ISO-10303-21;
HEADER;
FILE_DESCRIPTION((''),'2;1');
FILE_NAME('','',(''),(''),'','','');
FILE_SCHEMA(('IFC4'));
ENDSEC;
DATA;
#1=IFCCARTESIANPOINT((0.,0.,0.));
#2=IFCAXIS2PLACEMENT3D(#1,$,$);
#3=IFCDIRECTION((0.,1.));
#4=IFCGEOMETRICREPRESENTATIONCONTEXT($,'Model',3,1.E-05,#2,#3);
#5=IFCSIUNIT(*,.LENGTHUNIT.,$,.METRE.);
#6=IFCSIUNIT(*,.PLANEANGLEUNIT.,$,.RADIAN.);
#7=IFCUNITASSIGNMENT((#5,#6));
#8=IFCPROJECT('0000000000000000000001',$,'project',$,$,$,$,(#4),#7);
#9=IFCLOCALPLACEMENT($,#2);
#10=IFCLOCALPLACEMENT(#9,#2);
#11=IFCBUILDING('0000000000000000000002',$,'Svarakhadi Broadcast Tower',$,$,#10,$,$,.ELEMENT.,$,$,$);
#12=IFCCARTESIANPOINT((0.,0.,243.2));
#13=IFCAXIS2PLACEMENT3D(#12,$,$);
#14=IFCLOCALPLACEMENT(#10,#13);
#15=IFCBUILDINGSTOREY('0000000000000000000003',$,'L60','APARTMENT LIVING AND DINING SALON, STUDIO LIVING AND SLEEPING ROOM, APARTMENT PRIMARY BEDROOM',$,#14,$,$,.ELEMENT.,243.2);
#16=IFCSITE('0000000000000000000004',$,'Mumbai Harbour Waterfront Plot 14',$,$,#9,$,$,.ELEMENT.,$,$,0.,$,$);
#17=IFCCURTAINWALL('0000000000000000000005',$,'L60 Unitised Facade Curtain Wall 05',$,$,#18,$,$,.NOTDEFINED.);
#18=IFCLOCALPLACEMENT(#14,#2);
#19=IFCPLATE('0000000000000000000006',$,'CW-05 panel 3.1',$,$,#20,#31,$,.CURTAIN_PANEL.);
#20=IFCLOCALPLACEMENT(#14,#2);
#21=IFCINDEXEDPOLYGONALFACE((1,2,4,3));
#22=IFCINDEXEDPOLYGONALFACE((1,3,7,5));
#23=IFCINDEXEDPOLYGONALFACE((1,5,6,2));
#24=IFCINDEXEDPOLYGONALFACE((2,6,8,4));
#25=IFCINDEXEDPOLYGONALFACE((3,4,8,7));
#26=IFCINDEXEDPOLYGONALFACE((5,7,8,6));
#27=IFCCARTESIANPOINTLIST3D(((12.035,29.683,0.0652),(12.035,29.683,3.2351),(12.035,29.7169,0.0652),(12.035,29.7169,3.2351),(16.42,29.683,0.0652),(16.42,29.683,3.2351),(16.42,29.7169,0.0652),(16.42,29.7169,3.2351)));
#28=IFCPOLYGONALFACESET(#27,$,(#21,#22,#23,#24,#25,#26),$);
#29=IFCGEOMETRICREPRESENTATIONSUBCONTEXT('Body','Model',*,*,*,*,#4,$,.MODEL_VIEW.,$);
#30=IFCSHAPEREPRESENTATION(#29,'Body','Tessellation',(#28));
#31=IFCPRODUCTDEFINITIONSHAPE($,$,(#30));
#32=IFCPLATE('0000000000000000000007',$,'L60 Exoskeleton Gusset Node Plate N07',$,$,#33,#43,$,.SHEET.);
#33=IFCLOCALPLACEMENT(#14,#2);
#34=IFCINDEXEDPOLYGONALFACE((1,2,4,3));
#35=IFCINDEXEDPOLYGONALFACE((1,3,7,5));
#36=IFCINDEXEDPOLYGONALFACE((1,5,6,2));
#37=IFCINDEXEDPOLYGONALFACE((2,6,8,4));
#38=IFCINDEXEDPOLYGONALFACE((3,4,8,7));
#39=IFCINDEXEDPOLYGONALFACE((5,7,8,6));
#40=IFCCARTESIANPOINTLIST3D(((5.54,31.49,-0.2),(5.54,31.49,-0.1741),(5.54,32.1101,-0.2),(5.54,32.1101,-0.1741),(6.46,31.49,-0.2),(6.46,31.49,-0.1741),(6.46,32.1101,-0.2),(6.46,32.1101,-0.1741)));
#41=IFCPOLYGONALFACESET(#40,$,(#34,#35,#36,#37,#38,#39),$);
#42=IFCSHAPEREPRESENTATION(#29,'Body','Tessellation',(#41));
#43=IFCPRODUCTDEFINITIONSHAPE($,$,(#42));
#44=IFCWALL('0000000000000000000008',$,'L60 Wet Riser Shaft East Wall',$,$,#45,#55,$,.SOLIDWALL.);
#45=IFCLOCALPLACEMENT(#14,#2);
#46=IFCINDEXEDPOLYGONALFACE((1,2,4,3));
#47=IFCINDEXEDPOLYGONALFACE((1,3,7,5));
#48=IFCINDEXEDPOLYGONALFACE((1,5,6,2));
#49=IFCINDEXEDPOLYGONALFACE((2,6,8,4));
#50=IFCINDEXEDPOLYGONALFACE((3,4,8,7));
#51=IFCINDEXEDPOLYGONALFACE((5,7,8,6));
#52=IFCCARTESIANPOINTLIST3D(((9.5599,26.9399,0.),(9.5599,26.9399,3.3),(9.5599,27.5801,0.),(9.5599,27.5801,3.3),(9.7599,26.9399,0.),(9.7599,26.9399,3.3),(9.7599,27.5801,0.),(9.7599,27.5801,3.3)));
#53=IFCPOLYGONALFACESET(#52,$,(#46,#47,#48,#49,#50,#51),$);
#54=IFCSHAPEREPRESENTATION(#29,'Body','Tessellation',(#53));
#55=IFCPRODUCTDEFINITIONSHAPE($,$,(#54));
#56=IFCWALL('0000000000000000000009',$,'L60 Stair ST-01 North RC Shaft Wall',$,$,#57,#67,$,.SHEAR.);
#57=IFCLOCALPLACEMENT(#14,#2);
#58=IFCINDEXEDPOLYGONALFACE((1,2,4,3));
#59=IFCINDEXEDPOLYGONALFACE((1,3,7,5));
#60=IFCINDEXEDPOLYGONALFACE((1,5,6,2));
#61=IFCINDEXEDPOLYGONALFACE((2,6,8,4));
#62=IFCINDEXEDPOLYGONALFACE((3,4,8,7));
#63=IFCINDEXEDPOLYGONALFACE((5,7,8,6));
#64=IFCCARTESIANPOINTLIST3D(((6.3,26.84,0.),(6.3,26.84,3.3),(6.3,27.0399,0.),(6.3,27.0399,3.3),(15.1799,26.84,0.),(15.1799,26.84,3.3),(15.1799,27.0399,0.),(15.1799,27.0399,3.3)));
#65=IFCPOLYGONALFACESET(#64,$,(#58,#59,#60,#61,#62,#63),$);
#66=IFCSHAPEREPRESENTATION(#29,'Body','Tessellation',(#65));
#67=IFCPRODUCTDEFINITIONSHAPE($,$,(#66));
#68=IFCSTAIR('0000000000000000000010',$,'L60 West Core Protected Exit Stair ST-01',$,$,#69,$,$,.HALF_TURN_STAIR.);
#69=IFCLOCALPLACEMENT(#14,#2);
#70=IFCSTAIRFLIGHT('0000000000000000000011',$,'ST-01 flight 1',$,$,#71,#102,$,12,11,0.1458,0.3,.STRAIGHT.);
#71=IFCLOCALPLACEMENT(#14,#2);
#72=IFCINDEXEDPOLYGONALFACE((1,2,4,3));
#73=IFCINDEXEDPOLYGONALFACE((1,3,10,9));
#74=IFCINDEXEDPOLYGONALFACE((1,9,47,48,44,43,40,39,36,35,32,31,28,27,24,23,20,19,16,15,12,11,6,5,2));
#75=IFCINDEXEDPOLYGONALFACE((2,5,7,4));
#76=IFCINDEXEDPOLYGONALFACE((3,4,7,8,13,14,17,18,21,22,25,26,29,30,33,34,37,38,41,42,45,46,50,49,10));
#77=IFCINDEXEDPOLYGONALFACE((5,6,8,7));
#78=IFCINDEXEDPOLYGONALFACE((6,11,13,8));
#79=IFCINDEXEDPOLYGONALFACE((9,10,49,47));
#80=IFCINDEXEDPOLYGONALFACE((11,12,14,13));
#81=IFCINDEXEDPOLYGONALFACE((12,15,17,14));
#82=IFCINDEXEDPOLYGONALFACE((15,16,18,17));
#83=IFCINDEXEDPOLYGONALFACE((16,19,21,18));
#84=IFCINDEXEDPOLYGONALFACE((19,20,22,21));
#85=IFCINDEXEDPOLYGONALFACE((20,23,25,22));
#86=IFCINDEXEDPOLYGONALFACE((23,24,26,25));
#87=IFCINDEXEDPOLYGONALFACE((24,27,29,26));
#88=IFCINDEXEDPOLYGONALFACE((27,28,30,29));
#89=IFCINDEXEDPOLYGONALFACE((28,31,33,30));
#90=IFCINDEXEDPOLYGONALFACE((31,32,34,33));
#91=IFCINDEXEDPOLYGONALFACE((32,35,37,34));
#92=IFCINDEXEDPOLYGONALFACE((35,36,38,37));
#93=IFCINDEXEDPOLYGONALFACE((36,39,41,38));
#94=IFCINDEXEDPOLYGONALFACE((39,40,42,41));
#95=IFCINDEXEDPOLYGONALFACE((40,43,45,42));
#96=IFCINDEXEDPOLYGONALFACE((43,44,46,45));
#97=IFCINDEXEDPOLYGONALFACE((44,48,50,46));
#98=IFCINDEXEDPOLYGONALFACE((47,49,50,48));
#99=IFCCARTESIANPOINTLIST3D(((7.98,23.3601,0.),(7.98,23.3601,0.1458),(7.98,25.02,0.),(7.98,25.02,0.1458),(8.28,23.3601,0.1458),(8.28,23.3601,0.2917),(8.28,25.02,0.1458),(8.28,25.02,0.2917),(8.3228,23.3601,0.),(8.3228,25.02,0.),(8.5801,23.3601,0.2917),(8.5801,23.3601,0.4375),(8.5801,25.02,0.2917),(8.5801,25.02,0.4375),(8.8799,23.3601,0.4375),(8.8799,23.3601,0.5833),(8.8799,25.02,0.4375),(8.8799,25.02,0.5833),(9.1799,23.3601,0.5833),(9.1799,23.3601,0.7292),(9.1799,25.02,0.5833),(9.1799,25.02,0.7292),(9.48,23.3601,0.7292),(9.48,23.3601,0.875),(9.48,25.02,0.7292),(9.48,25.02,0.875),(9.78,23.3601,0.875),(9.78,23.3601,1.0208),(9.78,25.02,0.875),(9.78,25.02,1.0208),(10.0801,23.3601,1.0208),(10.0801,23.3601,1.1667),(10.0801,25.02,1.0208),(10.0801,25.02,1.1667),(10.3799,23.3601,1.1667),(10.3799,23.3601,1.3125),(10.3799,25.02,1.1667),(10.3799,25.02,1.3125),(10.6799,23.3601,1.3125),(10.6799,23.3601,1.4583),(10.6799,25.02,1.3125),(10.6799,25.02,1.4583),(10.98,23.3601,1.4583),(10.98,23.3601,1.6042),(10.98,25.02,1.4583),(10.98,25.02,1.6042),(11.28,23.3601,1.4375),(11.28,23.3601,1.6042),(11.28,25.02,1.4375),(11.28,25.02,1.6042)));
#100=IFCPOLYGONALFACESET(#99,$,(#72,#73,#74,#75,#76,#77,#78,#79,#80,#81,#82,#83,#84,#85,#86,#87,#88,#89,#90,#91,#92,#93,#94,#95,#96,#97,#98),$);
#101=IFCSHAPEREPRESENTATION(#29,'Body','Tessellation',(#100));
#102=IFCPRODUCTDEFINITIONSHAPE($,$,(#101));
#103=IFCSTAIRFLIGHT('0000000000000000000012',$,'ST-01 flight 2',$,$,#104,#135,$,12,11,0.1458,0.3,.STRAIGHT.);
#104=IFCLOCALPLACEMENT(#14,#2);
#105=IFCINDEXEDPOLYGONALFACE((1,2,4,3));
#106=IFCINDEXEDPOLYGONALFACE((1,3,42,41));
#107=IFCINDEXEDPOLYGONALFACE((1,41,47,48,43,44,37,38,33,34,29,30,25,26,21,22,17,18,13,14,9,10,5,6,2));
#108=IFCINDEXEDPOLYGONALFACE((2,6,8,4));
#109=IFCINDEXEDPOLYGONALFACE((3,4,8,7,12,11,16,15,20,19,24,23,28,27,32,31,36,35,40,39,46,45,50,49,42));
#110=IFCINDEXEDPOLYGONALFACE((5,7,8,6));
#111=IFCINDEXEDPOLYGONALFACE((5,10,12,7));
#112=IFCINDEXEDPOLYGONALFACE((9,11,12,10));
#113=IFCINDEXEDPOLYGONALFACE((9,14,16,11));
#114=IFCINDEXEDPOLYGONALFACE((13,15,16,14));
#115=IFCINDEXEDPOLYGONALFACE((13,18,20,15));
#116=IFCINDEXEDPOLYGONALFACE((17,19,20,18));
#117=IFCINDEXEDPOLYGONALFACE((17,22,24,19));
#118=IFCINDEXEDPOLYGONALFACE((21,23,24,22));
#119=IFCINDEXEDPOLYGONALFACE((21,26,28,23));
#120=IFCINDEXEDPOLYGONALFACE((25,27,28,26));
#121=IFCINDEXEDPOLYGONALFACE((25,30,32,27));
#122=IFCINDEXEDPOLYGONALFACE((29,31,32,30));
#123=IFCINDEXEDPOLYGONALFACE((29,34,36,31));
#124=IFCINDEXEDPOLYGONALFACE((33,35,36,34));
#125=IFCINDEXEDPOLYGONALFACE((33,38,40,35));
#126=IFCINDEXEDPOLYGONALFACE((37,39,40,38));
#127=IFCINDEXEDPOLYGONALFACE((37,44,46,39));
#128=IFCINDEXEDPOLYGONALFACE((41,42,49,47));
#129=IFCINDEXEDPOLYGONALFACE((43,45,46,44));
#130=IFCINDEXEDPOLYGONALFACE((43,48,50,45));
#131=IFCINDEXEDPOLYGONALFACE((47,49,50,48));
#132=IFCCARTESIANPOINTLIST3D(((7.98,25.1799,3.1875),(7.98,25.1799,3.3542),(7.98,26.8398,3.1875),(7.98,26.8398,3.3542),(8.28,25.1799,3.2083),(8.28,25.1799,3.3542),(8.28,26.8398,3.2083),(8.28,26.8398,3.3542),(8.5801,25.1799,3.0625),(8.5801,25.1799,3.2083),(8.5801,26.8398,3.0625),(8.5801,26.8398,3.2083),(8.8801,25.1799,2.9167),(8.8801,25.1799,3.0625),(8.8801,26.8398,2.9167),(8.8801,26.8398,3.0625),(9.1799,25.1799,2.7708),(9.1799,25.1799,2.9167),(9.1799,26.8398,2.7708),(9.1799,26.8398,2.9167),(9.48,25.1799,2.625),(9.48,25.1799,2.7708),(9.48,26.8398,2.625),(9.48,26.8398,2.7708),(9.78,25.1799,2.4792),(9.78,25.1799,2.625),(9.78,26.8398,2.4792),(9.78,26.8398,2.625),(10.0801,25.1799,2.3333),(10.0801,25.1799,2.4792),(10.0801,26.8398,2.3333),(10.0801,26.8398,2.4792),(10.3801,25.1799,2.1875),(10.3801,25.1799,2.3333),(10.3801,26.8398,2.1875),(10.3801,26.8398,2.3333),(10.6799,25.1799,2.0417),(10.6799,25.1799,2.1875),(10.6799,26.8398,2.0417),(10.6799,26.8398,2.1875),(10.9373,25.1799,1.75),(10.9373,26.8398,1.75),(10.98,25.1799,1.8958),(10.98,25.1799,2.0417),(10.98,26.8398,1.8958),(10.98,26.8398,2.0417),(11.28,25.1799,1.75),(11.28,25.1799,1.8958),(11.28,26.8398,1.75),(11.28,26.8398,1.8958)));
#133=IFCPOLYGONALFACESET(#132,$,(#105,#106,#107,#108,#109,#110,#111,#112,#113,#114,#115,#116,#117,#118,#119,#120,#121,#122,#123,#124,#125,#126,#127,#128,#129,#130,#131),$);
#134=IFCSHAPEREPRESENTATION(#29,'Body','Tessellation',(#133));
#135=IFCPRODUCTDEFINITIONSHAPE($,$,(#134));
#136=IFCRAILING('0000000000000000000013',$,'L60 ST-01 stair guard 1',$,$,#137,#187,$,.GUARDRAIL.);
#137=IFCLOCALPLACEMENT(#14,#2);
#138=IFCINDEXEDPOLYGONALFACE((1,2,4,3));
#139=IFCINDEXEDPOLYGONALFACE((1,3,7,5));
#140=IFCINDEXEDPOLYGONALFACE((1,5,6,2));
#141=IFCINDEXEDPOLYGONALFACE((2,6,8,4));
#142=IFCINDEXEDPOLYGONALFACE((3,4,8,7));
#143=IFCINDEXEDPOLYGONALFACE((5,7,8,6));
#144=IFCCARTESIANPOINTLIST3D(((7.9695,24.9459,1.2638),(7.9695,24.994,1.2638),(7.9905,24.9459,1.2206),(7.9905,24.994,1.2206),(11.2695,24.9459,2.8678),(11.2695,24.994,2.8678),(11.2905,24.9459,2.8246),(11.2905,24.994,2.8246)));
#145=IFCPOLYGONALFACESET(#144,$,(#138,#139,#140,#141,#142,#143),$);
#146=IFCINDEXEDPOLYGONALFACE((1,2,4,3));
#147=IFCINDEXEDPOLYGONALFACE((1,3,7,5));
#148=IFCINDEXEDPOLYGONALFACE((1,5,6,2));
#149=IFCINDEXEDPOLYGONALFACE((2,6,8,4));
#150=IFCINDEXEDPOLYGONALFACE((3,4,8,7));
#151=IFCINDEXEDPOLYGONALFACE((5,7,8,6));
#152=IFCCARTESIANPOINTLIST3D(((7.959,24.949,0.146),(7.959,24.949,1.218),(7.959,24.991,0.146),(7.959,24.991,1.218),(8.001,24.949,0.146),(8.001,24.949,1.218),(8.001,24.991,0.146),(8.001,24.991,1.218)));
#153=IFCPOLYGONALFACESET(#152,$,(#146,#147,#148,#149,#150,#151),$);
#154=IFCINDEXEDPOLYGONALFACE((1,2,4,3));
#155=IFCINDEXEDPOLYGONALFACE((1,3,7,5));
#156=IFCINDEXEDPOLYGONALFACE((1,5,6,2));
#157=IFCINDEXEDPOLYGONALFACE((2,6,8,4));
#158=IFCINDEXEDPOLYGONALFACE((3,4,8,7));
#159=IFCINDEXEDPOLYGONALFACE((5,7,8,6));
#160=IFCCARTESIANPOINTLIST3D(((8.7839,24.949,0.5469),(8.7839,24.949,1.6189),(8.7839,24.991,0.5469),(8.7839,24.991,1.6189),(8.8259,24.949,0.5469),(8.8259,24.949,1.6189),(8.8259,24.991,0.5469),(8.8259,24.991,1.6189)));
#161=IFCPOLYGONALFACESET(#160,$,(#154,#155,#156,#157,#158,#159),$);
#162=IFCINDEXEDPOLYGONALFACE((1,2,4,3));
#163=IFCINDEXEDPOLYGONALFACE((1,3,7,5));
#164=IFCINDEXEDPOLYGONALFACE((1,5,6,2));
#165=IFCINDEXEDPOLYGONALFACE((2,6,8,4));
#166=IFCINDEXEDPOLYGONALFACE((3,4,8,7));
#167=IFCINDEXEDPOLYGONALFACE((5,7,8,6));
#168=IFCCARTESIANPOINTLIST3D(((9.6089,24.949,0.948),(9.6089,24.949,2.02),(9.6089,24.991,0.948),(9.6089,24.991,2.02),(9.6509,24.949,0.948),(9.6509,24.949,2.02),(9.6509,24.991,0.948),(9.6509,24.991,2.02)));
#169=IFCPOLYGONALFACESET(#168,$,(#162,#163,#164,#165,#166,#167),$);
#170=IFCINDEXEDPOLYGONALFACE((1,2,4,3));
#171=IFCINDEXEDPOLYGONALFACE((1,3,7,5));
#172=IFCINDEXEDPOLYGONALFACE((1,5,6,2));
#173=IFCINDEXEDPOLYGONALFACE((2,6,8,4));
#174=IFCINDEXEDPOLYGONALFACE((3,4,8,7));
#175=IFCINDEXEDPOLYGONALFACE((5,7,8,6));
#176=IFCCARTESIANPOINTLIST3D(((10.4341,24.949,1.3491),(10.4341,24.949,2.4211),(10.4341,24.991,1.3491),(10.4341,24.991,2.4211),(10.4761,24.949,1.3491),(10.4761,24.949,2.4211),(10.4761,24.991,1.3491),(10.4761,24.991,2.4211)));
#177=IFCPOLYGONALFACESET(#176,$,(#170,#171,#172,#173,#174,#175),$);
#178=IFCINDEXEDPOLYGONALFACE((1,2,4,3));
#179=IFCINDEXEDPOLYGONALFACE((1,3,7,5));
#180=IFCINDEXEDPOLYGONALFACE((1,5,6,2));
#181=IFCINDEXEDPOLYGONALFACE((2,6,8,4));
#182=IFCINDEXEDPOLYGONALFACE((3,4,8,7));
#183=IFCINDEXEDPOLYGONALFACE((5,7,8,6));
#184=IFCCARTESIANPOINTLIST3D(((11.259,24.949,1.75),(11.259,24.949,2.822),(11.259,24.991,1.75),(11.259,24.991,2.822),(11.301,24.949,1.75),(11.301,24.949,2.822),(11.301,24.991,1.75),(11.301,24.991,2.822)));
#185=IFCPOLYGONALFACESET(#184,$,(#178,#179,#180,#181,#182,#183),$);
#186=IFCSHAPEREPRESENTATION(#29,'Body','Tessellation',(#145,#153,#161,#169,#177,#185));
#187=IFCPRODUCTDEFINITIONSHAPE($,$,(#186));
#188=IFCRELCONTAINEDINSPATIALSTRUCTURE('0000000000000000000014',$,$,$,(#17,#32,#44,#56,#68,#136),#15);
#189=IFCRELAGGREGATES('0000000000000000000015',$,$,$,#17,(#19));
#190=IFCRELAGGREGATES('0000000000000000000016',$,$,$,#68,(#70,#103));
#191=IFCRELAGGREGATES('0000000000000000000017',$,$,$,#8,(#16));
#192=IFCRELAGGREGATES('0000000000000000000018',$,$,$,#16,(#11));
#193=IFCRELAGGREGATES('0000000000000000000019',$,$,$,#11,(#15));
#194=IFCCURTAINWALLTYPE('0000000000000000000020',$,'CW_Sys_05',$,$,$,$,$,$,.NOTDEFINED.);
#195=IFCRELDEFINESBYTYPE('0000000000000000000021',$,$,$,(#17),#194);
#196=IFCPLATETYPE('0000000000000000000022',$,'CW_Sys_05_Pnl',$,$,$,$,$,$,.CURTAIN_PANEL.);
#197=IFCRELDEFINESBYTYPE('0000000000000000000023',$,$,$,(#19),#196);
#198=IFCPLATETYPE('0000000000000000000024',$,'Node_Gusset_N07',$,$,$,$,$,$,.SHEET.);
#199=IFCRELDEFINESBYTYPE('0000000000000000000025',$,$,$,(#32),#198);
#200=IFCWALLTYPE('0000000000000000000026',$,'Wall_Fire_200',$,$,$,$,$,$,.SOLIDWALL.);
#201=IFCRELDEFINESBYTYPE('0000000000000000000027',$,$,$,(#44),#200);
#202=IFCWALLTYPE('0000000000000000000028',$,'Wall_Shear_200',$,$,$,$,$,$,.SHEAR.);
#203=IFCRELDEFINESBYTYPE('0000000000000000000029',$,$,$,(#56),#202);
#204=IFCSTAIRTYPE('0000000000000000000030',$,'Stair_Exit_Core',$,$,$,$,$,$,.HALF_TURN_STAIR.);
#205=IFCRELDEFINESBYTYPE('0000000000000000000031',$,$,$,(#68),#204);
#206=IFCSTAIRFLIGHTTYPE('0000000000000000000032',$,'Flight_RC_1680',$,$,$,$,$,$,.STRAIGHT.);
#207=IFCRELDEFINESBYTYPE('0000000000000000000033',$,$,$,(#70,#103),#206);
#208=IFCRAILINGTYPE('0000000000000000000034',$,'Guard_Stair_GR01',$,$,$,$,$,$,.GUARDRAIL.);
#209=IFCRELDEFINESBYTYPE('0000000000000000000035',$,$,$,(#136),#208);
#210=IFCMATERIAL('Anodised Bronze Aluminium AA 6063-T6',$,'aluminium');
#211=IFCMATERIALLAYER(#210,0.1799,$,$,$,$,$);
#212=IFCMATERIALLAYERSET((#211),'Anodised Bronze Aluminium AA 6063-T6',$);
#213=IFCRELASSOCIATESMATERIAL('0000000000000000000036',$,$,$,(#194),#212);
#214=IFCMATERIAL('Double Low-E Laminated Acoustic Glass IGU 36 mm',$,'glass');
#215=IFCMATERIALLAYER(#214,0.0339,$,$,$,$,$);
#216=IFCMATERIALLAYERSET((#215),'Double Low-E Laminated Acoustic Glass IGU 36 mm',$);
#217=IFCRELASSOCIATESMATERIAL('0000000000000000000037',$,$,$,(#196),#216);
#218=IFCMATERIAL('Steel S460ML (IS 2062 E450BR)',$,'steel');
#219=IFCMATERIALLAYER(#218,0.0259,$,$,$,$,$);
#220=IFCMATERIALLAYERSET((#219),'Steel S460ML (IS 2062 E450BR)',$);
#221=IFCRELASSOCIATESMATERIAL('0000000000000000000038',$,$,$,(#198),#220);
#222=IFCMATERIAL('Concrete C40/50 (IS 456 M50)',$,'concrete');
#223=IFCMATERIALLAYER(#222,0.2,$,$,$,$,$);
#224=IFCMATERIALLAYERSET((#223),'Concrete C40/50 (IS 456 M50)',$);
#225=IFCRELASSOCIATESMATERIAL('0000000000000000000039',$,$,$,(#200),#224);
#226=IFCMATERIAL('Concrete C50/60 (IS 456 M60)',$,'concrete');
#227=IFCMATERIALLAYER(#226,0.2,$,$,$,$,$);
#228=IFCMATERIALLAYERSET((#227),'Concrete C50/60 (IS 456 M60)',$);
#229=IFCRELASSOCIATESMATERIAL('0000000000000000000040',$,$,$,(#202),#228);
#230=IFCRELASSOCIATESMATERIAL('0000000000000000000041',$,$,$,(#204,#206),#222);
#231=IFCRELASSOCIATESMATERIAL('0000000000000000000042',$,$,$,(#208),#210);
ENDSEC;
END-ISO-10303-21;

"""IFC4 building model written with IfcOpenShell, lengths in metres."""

from ifc_helpers import new_model, si_unit, direction, frame, frame_2d, origin, origin_2d, place, context, subcontext, project, spatial, polyline, rectangle, outline, extrude, material, layer, layer_set, type_object, element, aggregate, save


model = new_model("IFC4")

# Units and contexts
model_context = context("Model", 3, precision=1e-05, world=origin(), true_north=direction((0.0, 1.0)))
body_context = subcontext(model_context, "Body", "Model", "MODEL_VIEW")
ifc_project = project(units=[si_unit("LENGTHUNIT", "METRE"), si_unit("PLANEANGLEUNIT", "RADIAN")], contexts=[model_context])

# Site, building, storey
site_placement = place(None, origin())
site = spatial("IfcSite", under=ifc_project, at=site_placement, Name="Mumbai Harbour Waterfront Plot 14", CompositionType="ELEMENT", RefElevation=0.0)
building_placement = place(site_placement, origin())
building = spatial("IfcBuilding", under=site, at=building_placement, Name="Svarakhadi Broadcast Tower", CompositionType="ELEMENT")
storey_placement = place(building_placement, frame((0.0, 0.0, 243.2)))
storey = spatial("IfcBuildingStorey", under=building, at=storey_placement, Name="L60", Description="APARTMENT LIVING AND DINING SALON, STUDIO LIVING AND SLEEPING ROOM, APARTMENT PRIMARY BEDROOM", CompositionType="ELEMENT", Elevation=243.2)

# Shared definitions
ifc_material_1 = material(Name="Steel S460ML (IS 2062 E450BR)", Category="steel")

# Curtain wall
ifc_material_2 = material(Name="Anodised Bronze Aluminium AA 6063-T6", Category="aluminium")
ifc_layer_1 = layer(ifc_material_2, 0.1799)
ifc_layer_set_1 = layer_set([ifc_layer_1], Name="Anodised Bronze Aluminium AA 6063-T6")
curtain_wall_type = type_object("IfcCurtainWallType", Name="CW_Sys_05", PredefinedType="NOTDEFINED", material=ifc_layer_set_1)
curtain_wall_placement = place(storey_placement, origin())
curtain_wall = element("IfcCurtainWall", 1, at=curtain_wall_placement, inside=storey, type_object=curtain_wall_type, Name="L60 Unitised Facade Curtain Wall 05", PredefinedType="NOTDEFINED")

# Plates
ifc_material_3 = material(Name="Double Low-E Laminated Acoustic Glass IGU 36 mm", Category="glass")
ifc_layer_2 = layer(ifc_material_3, 0.0339)
ifc_layer_set_2 = layer_set([ifc_layer_2], Name="Double Low-E Laminated Acoustic Glass IGU 36 mm")
plate_type_1 = type_object("IfcPlateType", Name="CW_Sys_05_Pnl", PredefinedType="CURTAIN_PANEL", material=ifc_layer_set_2)
plate_1_placement = place(storey_placement, frame((14.2275, 29.7, 0.0652), z_axis=(0.0, 0.0, 1.0), x_axis=(1.0, 0.0, 0.0)))
plate_1 = element("IfcPlate", 2, at=plate_1_placement, type_object=plate_type_1, Name="CW-05 panel 3.1", PredefinedType="CURTAIN_PANEL", context=body_context, shape_type="SweptSolid", body=[
    extrude(rectangle(XDim=4.385, YDim=0.0339, at=origin_2d()), origin(), (0.0, 0.0, 1.0), 3.1699),
])
aggregate(curtain_wall, [plate_1])
ifc_layer_3 = layer(ifc_material_1, 0.0259)
ifc_layer_set_3 = layer_set([ifc_layer_3], Name="Steel S460ML (IS 2062 E450BR)")
plate_type_2 = type_object("IfcPlateType", Name="Node_Gusset_N07", PredefinedType="SHEET", material=ifc_layer_set_3)
plate_2_placement = place(storey_placement, frame((6.0, 31.8, -0.2), z_axis=(0.0, 0.0, 1.0), x_axis=(1.0, 0.0, 0.0)))
element("IfcPlate", 3, at=plate_2_placement, inside=storey, type_object=plate_type_2, Name="L60 Exoskeleton Gusset Node Plate N07", PredefinedType="SHEET", context=body_context, shape_type="SweptSolid", body=[
    extrude(rectangle(XDim=0.9199, YDim=0.6201, at=origin_2d()), origin(), (0.0, 0.0, 1.0), 0.0259),
])

# Walls
ifc_material_4 = material(Name="Concrete C40/50 (IS 456 M50)", Category="concrete")
ifc_layer_4 = layer(ifc_material_4, 0.2)
ifc_layer_set_4 = layer_set([ifc_layer_4], Name="Concrete C40/50 (IS 456 M50)")
wall_type_1 = type_object("IfcWallType", Name="Wall_Fire_200", PredefinedType="SOLIDWALL", material=ifc_layer_set_4)
wall_1_placement = place(storey_placement, frame((9.6599, 26.9399, 0.0), z_axis=(0.0, 0.0, 1.0), x_axis=(0.0, 1.0, 0.0)))
element("IfcWall", 4, at=wall_1_placement, inside=storey, type_object=wall_type_1, Name="L60 Wet Riser Shaft East Wall", PredefinedType="SOLIDWALL", context=body_context, shape_type="SweptSolid", body=[
    extrude(rectangle(XDim=0.6401, YDim=0.2, at=frame_2d((0.3201, 0.0))), origin(), (0.0, 0.0, 1.0), 3.3),
])
ifc_material_5 = material(Name="Concrete C50/60 (IS 456 M60)", Category="concrete")
ifc_layer_5 = layer(ifc_material_5, 0.2)
ifc_layer_set_5 = layer_set([ifc_layer_5], Name="Concrete C50/60 (IS 456 M60)")
wall_type_2 = type_object("IfcWallType", Name="Wall_Shear_200", PredefinedType="SHEAR", material=ifc_layer_set_5)
wall_2_placement = place(storey_placement, frame((6.3, 26.9399, 0.0), z_axis=(0.0, 0.0, 1.0), x_axis=(1.0, 0.0, 0.0)))
element("IfcWall", 5, at=wall_2_placement, inside=storey, type_object=wall_type_2, Name="L60 Stair ST-01 North RC Shaft Wall", PredefinedType="SHEAR", context=body_context, shape_type="SweptSolid", body=[
    extrude(rectangle(XDim=8.8799, YDim=0.2, at=frame_2d((4.4399, 0.0))), origin(), (0.0, 0.0, 1.0), 3.3),
])

# Stair, stair flights
stair_type = type_object("IfcStairType", Name="Stair_Exit_Core", PredefinedType="HALF_TURN_STAIR", material=ifc_material_4)
stair_placement = place(storey_placement, origin())
stair = element("IfcStair", 6, at=stair_placement, inside=storey, type_object=stair_type, Name="L60 West Core Protected Exit Stair ST-01", PredefinedType="HALF_TURN_STAIR")
stair_flight_type = type_object("IfcStairFlightType", Name="Flight_RC_1680", PredefinedType="STRAIGHT", material=ifc_material_4)
stair_flight_1_placement = place(storey_placement, frame((7.98, 24.1899, 0.0), z_axis=(0.0, 0.0, 1.0), x_axis=(1.0, 0.0, 0.0)))
stair_flight_1 = element("IfcStairFlight", 7, at=stair_flight_1_placement, type_object=stair_flight_type, Name="ST-01 flight 1", NumberOfRisers=12, NumberOfTreads=11, PredefinedType="STRAIGHT", RiserHeight=0.1458, TreadLength=0.3, context=body_context, shape_type="SweptSolid", body=[
    extrude(outline(polyline([(0.0, 0.0), (0.0, 0.1458), (0.3, 0.1458), (0.3, 0.2917), (0.6001, 0.2917), (0.6001, 0.4375), (0.8999, 0.4375), (0.8999, 0.5833), (1.2, 0.5833), (1.2, 0.7292), (1.5, 0.7292), (1.5, 0.875), (1.8, 0.875), (1.8, 1.0208), (2.1001, 1.0208), (2.1001, 1.1667), (2.3999, 1.1667), (2.3999, 1.3125), (2.7, 1.3125), (2.7, 1.4583), (3.0, 1.4583), (3.0, 1.6042), (3.3, 1.6042), (3.3, 1.75), (3.3, 1.4375), (0.3428, 0.0), (0.0, 0.0)])), frame((0.0, 0.8301, 0.0), z_axis=(0.0, -1.0, 0.0), x_axis=(1.0, 0.0, 0.0)), (0.0, 0.0, 1.0), 1.6599),
])
stair_flight_2_placement = place(storey_placement, frame((11.28, 26.01, 1.75), z_axis=(0.0, 0.0, 1.0), x_axis=(-1.0, 0.0, 0.0)))
stair_flight_2 = element("IfcStairFlight", 8, at=stair_flight_2_placement, type_object=stair_flight_type, Name="ST-01 flight 2", NumberOfRisers=12, NumberOfTreads=11, PredefinedType="STRAIGHT", RiserHeight=0.1458, TreadLength=0.3, context=body_context, shape_type="SweptSolid", body=[
    extrude(outline(polyline([(0.0, 0.0), (0.0, 0.1458), (0.3, 0.1458), (0.3, 0.2917), (0.6001, 0.2917), (0.6001, 0.4375), (0.8999, 0.4375), (0.8999, 0.5833), (1.2, 0.5833), (1.2, 0.7292), (1.5, 0.7292), (1.5, 0.875), (1.8, 0.875), (1.8, 1.0208), (2.1001, 1.0208), (2.1001, 1.1667), (2.3999, 1.1667), (2.3999, 1.3125), (2.7, 1.3125), (2.7, 1.4583), (3.0, 1.4583), (3.0, 1.6042), (3.3, 1.6042), (3.3, 1.75), (3.3, 1.4375), (0.3428, 0.0), (0.0, 0.0)])), frame((0.0, 0.8301, 0.0), z_axis=(0.0, -1.0, 0.0), x_axis=(1.0, 0.0, 0.0)), (0.0, 0.0, 1.0), 1.6599),
])
aggregate(stair, [stair_flight_1, stair_flight_2])

# Railing
railing_type_1 = type_object("IfcRailingType", Name="Guard_Stair_GR01", PredefinedType="GUARDRAIL", material=ifc_material_2)
railing_1_placement = place(storey_placement, frame((7.98, 24.97, 0.146)))
element("IfcRailing", 9, at=railing_1_placement, inside=storey, type_object=railing_type_1, Name="L60 ST-01 stair guard 1", PredefinedType="GUARDRAIL", context=body_context, shape_type="SweptSolid", body=[
    extrude(rectangle(XDim=0.0481, YDim=0.0481, at=origin_2d()), frame((0.0, 0.0, 1.0962), z_axis=(0.899388, 0.0, 0.437152), x_axis=(0.0, 1.0, 0.0)), (0.0, 0.0, 1.0), 3.6692),
    extrude(rectangle(XDim=0.042, YDim=0.042, at=origin_2d()), origin(), (0.0, 0.0, 1.0), 1.072),
    extrude(rectangle(XDim=0.042, YDim=0.042, at=origin_2d()), frame((0.825, 0.0, 0.4009)), (0.0, 0.0, 1.0), 1.072),
    extrude(rectangle(XDim=0.042, YDim=0.042, at=origin_2d()), frame((1.6499, 0.0, 0.802)), (0.0, 0.0, 1.0), 1.072),
    extrude(rectangle(XDim=0.042, YDim=0.042, at=origin_2d()), frame((2.4751, 0.0, 1.2031)), (0.0, 0.0, 1.0), 1.072),
    extrude(rectangle(XDim=0.042, YDim=0.042, at=origin_2d()), frame((3.3, 0.0, 1.604)), (0.0, 0.0, 1.0), 1.072),
])

save(model, "model.ifc")
